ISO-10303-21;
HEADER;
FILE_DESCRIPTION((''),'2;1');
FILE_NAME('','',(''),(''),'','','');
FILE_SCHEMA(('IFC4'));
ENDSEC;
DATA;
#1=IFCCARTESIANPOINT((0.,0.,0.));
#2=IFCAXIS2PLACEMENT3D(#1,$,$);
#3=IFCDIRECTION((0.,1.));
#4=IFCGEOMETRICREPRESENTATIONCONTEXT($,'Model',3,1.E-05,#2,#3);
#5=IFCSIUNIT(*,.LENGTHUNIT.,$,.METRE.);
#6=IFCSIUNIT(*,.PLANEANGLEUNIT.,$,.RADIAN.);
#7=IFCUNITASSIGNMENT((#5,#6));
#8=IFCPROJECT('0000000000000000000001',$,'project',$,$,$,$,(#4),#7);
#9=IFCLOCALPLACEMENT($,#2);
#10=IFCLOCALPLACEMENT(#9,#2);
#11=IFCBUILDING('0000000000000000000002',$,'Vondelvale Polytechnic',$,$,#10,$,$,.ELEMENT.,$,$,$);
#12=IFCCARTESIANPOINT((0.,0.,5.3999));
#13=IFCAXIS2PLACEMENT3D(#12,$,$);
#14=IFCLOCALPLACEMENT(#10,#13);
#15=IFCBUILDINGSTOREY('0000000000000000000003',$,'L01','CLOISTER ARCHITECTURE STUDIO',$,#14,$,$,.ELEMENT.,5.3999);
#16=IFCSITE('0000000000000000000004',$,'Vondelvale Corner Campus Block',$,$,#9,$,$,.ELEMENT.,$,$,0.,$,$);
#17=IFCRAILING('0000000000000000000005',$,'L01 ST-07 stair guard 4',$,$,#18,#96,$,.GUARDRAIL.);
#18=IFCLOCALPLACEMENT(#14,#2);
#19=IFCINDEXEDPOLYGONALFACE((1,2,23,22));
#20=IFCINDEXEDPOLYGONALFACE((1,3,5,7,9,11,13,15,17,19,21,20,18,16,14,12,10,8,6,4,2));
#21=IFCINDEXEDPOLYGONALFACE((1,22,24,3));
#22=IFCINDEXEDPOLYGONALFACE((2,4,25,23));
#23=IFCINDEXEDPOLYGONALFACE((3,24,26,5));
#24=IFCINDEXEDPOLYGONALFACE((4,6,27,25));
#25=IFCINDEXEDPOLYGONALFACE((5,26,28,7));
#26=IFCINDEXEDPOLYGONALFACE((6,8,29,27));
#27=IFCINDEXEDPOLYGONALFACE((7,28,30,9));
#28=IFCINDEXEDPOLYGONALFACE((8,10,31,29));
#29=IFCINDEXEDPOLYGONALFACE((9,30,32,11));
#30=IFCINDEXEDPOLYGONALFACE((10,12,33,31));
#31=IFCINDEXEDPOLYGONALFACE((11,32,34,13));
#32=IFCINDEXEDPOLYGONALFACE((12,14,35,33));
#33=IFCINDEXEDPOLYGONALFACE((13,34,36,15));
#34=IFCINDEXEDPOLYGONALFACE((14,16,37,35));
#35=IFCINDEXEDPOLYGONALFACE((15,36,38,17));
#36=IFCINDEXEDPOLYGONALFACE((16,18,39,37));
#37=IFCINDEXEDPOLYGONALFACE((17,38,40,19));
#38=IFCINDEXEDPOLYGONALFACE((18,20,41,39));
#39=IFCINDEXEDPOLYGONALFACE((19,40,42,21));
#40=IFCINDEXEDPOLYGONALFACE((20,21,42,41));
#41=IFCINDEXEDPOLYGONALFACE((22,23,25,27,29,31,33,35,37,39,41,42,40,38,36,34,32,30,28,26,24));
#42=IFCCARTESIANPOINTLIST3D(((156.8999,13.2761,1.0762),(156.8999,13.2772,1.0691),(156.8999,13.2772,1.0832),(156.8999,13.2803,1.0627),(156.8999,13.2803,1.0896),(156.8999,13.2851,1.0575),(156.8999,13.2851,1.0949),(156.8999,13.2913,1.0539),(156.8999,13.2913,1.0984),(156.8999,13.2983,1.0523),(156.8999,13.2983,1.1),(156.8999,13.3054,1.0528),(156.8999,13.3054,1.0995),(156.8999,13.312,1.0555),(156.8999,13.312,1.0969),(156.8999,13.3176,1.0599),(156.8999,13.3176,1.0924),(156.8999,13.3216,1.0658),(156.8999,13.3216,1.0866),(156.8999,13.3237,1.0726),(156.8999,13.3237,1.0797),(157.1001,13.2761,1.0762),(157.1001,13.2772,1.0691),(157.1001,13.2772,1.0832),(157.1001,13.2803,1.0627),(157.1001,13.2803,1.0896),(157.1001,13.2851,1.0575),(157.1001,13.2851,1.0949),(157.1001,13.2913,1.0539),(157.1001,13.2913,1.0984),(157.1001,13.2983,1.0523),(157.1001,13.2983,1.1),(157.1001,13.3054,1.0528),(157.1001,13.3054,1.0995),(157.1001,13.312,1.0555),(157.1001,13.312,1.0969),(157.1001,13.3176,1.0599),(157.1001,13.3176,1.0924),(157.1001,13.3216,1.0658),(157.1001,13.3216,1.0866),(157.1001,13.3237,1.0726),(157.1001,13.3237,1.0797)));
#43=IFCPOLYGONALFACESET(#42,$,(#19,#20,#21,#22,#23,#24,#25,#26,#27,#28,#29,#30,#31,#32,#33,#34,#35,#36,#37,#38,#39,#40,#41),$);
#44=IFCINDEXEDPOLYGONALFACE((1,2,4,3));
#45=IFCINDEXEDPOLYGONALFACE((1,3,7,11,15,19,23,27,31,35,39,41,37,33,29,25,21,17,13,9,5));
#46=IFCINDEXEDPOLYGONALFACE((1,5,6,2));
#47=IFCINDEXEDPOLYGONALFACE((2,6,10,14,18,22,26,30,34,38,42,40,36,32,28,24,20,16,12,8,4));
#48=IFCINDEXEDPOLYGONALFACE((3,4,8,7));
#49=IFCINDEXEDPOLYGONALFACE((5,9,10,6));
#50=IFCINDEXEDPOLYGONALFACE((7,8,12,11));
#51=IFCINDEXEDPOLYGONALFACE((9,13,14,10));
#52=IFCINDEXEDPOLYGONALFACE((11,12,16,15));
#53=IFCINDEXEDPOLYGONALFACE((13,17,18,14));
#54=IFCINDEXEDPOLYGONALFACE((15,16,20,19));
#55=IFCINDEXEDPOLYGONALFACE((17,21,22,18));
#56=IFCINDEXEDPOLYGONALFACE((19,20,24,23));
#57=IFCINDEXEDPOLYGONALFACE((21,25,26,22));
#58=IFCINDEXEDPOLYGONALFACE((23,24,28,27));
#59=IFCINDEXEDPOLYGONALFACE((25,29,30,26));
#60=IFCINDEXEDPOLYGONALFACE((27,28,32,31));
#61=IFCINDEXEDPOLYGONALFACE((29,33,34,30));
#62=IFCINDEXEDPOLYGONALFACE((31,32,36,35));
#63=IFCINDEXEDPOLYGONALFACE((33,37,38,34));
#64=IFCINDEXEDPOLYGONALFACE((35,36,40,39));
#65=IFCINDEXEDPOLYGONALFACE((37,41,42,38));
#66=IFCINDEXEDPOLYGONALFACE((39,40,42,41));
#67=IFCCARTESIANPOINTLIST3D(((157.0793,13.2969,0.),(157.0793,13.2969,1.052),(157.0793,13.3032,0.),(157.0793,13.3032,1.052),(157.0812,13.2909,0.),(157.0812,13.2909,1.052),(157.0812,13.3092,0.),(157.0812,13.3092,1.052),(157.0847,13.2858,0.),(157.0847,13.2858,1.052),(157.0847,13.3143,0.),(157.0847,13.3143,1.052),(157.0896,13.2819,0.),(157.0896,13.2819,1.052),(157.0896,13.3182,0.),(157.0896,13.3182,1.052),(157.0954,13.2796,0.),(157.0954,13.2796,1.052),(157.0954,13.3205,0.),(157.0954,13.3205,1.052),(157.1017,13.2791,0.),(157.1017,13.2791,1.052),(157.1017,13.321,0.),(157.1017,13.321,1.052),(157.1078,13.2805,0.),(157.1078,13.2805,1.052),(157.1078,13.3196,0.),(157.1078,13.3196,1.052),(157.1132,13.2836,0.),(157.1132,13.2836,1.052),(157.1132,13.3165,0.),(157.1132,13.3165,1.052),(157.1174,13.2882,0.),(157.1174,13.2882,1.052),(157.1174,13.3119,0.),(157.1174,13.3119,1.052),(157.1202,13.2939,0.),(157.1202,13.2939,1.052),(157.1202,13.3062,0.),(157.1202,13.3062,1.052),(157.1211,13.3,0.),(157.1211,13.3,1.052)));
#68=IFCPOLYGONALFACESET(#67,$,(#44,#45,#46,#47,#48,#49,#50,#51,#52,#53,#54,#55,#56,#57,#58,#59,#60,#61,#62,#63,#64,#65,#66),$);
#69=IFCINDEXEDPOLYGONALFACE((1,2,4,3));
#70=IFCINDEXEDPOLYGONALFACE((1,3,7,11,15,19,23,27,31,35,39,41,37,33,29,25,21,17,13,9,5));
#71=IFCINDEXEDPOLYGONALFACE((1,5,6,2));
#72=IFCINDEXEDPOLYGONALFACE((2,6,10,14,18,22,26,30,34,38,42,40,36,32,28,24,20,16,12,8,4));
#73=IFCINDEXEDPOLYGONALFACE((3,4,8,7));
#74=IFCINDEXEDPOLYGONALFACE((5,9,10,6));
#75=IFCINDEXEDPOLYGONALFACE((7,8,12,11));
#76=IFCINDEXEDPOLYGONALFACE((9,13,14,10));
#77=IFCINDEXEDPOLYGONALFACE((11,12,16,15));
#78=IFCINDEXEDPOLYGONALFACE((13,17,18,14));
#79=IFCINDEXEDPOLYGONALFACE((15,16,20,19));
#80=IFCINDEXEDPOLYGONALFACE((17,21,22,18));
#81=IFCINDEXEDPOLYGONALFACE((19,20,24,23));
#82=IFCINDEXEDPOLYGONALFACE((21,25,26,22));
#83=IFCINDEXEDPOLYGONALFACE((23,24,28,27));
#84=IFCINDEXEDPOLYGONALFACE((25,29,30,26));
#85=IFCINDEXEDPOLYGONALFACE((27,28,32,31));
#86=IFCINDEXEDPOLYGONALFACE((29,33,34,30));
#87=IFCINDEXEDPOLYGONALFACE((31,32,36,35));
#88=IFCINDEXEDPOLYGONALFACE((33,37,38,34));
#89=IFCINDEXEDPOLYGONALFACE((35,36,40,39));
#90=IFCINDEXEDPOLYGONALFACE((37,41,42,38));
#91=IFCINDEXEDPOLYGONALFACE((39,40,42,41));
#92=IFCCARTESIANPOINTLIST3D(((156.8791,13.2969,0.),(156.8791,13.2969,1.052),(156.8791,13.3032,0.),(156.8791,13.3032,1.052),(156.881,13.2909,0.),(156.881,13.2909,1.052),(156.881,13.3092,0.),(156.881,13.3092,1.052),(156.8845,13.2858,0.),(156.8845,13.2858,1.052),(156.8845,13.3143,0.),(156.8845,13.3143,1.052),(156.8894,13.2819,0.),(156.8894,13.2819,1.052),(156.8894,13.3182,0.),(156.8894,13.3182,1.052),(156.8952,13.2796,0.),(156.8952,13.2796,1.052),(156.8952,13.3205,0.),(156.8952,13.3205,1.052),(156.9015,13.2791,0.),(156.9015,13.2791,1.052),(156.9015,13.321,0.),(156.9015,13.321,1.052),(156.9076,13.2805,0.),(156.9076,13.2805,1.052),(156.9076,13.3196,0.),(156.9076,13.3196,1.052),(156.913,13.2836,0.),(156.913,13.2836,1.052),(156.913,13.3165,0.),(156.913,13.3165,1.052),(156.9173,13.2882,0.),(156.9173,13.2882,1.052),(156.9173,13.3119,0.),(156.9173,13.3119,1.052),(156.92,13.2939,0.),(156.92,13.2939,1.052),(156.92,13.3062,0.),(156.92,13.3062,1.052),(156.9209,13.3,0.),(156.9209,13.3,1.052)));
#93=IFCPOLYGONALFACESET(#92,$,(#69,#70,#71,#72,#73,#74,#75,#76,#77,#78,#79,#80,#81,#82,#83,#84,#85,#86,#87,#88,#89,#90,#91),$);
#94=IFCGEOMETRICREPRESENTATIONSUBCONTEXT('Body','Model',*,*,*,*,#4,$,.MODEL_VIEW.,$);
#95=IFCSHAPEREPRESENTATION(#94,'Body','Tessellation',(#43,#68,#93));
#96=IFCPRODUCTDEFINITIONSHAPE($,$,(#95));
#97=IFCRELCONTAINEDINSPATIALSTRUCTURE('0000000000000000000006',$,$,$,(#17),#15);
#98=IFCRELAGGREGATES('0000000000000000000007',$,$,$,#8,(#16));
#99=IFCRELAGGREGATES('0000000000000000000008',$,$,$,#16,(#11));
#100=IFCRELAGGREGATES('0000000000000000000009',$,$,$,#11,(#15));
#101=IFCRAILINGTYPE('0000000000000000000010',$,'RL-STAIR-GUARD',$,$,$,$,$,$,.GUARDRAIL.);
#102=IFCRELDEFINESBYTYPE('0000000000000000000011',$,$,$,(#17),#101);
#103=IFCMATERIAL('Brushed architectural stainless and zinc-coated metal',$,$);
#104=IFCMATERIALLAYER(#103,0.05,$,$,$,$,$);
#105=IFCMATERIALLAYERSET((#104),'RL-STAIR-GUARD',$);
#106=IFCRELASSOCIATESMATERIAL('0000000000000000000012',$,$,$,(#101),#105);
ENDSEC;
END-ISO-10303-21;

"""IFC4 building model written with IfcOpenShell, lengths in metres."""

from ifc_helpers import new_model, si_unit, direction, frame, origin, origin_2d, place, context, subcontext, project, spatial, circle, extrude, material, layer, layer_set, type_object, element, save


model = new_model("IFC4")

# Units and contexts
model_context = context("Model", 3, precision=1e-05, world=origin(), true_north=direction((0.0, 1.0)))
body_context = subcontext(model_context, "Body", "Model", "MODEL_VIEW")
ifc_project = project(units=[si_unit("LENGTHUNIT", "METRE"), si_unit("PLANEANGLEUNIT", "RADIAN")], contexts=[model_context])

# Site, building, storey
site_placement = place(None, origin())
site = spatial("IfcSite", under=ifc_project, at=site_placement, Name="Vondelvale Corner Campus Block", CompositionType="ELEMENT", RefElevation=0.0)
building_placement = place(site_placement, origin())
building = spatial("IfcBuilding", under=site, at=building_placement, Name="Vondelvale Polytechnic", CompositionType="ELEMENT")
storey_placement = place(building_placement, frame((0.0, 0.0, 5.3999)))
storey = spatial("IfcBuildingStorey", under=building, at=storey_placement, Name="L01", Description="CLOISTER ARCHITECTURE STUDIO", CompositionType="ELEMENT", Elevation=5.3999)

# Shared definitions
ifc_material_1 = material(Name="Brushed architectural stainless and zinc-coated metal")

# Railing
ifc_layer_1 = layer(ifc_material_1, 0.05)
ifc_layer_set_1 = layer_set([ifc_layer_1], Name="RL-STAIR-GUARD")
railing_type_1 = type_object("IfcRailingType", Name="RL-STAIR-GUARD", PredefinedType="GUARDRAIL", material=ifc_layer_set_1)
railing_1_placement = place(storey_placement, frame((157.1001, 13.3, 0.0)))
element("IfcRailing", 1, at=railing_1_placement, inside=storey, type_object=railing_type_1, Name="L01 ST-07 stair guard 4", PredefinedType="GUARDRAIL", context=body_context, shape_type="SweptSolid", body=[
    extrude(circle(Radius=0.0239, at=origin_2d()), frame((0.0, 0.0, 1.0762), z_axis=(-1.0, 0.0, 0.0), x_axis=(0.0, -1.0, 0.0)), (0.0, 0.0, 1.0), 0.2002),
    extrude(circle(Radius=0.021, at=origin_2d()), origin(), (0.0, 0.0, 1.0), 1.052),
    extrude(circle(Radius=0.021, at=origin_2d()), frame((-0.2002, 0.0, 0.0)), (0.0, 0.0, 1.0), 1.052),
])

save(model, "model.ifc")
